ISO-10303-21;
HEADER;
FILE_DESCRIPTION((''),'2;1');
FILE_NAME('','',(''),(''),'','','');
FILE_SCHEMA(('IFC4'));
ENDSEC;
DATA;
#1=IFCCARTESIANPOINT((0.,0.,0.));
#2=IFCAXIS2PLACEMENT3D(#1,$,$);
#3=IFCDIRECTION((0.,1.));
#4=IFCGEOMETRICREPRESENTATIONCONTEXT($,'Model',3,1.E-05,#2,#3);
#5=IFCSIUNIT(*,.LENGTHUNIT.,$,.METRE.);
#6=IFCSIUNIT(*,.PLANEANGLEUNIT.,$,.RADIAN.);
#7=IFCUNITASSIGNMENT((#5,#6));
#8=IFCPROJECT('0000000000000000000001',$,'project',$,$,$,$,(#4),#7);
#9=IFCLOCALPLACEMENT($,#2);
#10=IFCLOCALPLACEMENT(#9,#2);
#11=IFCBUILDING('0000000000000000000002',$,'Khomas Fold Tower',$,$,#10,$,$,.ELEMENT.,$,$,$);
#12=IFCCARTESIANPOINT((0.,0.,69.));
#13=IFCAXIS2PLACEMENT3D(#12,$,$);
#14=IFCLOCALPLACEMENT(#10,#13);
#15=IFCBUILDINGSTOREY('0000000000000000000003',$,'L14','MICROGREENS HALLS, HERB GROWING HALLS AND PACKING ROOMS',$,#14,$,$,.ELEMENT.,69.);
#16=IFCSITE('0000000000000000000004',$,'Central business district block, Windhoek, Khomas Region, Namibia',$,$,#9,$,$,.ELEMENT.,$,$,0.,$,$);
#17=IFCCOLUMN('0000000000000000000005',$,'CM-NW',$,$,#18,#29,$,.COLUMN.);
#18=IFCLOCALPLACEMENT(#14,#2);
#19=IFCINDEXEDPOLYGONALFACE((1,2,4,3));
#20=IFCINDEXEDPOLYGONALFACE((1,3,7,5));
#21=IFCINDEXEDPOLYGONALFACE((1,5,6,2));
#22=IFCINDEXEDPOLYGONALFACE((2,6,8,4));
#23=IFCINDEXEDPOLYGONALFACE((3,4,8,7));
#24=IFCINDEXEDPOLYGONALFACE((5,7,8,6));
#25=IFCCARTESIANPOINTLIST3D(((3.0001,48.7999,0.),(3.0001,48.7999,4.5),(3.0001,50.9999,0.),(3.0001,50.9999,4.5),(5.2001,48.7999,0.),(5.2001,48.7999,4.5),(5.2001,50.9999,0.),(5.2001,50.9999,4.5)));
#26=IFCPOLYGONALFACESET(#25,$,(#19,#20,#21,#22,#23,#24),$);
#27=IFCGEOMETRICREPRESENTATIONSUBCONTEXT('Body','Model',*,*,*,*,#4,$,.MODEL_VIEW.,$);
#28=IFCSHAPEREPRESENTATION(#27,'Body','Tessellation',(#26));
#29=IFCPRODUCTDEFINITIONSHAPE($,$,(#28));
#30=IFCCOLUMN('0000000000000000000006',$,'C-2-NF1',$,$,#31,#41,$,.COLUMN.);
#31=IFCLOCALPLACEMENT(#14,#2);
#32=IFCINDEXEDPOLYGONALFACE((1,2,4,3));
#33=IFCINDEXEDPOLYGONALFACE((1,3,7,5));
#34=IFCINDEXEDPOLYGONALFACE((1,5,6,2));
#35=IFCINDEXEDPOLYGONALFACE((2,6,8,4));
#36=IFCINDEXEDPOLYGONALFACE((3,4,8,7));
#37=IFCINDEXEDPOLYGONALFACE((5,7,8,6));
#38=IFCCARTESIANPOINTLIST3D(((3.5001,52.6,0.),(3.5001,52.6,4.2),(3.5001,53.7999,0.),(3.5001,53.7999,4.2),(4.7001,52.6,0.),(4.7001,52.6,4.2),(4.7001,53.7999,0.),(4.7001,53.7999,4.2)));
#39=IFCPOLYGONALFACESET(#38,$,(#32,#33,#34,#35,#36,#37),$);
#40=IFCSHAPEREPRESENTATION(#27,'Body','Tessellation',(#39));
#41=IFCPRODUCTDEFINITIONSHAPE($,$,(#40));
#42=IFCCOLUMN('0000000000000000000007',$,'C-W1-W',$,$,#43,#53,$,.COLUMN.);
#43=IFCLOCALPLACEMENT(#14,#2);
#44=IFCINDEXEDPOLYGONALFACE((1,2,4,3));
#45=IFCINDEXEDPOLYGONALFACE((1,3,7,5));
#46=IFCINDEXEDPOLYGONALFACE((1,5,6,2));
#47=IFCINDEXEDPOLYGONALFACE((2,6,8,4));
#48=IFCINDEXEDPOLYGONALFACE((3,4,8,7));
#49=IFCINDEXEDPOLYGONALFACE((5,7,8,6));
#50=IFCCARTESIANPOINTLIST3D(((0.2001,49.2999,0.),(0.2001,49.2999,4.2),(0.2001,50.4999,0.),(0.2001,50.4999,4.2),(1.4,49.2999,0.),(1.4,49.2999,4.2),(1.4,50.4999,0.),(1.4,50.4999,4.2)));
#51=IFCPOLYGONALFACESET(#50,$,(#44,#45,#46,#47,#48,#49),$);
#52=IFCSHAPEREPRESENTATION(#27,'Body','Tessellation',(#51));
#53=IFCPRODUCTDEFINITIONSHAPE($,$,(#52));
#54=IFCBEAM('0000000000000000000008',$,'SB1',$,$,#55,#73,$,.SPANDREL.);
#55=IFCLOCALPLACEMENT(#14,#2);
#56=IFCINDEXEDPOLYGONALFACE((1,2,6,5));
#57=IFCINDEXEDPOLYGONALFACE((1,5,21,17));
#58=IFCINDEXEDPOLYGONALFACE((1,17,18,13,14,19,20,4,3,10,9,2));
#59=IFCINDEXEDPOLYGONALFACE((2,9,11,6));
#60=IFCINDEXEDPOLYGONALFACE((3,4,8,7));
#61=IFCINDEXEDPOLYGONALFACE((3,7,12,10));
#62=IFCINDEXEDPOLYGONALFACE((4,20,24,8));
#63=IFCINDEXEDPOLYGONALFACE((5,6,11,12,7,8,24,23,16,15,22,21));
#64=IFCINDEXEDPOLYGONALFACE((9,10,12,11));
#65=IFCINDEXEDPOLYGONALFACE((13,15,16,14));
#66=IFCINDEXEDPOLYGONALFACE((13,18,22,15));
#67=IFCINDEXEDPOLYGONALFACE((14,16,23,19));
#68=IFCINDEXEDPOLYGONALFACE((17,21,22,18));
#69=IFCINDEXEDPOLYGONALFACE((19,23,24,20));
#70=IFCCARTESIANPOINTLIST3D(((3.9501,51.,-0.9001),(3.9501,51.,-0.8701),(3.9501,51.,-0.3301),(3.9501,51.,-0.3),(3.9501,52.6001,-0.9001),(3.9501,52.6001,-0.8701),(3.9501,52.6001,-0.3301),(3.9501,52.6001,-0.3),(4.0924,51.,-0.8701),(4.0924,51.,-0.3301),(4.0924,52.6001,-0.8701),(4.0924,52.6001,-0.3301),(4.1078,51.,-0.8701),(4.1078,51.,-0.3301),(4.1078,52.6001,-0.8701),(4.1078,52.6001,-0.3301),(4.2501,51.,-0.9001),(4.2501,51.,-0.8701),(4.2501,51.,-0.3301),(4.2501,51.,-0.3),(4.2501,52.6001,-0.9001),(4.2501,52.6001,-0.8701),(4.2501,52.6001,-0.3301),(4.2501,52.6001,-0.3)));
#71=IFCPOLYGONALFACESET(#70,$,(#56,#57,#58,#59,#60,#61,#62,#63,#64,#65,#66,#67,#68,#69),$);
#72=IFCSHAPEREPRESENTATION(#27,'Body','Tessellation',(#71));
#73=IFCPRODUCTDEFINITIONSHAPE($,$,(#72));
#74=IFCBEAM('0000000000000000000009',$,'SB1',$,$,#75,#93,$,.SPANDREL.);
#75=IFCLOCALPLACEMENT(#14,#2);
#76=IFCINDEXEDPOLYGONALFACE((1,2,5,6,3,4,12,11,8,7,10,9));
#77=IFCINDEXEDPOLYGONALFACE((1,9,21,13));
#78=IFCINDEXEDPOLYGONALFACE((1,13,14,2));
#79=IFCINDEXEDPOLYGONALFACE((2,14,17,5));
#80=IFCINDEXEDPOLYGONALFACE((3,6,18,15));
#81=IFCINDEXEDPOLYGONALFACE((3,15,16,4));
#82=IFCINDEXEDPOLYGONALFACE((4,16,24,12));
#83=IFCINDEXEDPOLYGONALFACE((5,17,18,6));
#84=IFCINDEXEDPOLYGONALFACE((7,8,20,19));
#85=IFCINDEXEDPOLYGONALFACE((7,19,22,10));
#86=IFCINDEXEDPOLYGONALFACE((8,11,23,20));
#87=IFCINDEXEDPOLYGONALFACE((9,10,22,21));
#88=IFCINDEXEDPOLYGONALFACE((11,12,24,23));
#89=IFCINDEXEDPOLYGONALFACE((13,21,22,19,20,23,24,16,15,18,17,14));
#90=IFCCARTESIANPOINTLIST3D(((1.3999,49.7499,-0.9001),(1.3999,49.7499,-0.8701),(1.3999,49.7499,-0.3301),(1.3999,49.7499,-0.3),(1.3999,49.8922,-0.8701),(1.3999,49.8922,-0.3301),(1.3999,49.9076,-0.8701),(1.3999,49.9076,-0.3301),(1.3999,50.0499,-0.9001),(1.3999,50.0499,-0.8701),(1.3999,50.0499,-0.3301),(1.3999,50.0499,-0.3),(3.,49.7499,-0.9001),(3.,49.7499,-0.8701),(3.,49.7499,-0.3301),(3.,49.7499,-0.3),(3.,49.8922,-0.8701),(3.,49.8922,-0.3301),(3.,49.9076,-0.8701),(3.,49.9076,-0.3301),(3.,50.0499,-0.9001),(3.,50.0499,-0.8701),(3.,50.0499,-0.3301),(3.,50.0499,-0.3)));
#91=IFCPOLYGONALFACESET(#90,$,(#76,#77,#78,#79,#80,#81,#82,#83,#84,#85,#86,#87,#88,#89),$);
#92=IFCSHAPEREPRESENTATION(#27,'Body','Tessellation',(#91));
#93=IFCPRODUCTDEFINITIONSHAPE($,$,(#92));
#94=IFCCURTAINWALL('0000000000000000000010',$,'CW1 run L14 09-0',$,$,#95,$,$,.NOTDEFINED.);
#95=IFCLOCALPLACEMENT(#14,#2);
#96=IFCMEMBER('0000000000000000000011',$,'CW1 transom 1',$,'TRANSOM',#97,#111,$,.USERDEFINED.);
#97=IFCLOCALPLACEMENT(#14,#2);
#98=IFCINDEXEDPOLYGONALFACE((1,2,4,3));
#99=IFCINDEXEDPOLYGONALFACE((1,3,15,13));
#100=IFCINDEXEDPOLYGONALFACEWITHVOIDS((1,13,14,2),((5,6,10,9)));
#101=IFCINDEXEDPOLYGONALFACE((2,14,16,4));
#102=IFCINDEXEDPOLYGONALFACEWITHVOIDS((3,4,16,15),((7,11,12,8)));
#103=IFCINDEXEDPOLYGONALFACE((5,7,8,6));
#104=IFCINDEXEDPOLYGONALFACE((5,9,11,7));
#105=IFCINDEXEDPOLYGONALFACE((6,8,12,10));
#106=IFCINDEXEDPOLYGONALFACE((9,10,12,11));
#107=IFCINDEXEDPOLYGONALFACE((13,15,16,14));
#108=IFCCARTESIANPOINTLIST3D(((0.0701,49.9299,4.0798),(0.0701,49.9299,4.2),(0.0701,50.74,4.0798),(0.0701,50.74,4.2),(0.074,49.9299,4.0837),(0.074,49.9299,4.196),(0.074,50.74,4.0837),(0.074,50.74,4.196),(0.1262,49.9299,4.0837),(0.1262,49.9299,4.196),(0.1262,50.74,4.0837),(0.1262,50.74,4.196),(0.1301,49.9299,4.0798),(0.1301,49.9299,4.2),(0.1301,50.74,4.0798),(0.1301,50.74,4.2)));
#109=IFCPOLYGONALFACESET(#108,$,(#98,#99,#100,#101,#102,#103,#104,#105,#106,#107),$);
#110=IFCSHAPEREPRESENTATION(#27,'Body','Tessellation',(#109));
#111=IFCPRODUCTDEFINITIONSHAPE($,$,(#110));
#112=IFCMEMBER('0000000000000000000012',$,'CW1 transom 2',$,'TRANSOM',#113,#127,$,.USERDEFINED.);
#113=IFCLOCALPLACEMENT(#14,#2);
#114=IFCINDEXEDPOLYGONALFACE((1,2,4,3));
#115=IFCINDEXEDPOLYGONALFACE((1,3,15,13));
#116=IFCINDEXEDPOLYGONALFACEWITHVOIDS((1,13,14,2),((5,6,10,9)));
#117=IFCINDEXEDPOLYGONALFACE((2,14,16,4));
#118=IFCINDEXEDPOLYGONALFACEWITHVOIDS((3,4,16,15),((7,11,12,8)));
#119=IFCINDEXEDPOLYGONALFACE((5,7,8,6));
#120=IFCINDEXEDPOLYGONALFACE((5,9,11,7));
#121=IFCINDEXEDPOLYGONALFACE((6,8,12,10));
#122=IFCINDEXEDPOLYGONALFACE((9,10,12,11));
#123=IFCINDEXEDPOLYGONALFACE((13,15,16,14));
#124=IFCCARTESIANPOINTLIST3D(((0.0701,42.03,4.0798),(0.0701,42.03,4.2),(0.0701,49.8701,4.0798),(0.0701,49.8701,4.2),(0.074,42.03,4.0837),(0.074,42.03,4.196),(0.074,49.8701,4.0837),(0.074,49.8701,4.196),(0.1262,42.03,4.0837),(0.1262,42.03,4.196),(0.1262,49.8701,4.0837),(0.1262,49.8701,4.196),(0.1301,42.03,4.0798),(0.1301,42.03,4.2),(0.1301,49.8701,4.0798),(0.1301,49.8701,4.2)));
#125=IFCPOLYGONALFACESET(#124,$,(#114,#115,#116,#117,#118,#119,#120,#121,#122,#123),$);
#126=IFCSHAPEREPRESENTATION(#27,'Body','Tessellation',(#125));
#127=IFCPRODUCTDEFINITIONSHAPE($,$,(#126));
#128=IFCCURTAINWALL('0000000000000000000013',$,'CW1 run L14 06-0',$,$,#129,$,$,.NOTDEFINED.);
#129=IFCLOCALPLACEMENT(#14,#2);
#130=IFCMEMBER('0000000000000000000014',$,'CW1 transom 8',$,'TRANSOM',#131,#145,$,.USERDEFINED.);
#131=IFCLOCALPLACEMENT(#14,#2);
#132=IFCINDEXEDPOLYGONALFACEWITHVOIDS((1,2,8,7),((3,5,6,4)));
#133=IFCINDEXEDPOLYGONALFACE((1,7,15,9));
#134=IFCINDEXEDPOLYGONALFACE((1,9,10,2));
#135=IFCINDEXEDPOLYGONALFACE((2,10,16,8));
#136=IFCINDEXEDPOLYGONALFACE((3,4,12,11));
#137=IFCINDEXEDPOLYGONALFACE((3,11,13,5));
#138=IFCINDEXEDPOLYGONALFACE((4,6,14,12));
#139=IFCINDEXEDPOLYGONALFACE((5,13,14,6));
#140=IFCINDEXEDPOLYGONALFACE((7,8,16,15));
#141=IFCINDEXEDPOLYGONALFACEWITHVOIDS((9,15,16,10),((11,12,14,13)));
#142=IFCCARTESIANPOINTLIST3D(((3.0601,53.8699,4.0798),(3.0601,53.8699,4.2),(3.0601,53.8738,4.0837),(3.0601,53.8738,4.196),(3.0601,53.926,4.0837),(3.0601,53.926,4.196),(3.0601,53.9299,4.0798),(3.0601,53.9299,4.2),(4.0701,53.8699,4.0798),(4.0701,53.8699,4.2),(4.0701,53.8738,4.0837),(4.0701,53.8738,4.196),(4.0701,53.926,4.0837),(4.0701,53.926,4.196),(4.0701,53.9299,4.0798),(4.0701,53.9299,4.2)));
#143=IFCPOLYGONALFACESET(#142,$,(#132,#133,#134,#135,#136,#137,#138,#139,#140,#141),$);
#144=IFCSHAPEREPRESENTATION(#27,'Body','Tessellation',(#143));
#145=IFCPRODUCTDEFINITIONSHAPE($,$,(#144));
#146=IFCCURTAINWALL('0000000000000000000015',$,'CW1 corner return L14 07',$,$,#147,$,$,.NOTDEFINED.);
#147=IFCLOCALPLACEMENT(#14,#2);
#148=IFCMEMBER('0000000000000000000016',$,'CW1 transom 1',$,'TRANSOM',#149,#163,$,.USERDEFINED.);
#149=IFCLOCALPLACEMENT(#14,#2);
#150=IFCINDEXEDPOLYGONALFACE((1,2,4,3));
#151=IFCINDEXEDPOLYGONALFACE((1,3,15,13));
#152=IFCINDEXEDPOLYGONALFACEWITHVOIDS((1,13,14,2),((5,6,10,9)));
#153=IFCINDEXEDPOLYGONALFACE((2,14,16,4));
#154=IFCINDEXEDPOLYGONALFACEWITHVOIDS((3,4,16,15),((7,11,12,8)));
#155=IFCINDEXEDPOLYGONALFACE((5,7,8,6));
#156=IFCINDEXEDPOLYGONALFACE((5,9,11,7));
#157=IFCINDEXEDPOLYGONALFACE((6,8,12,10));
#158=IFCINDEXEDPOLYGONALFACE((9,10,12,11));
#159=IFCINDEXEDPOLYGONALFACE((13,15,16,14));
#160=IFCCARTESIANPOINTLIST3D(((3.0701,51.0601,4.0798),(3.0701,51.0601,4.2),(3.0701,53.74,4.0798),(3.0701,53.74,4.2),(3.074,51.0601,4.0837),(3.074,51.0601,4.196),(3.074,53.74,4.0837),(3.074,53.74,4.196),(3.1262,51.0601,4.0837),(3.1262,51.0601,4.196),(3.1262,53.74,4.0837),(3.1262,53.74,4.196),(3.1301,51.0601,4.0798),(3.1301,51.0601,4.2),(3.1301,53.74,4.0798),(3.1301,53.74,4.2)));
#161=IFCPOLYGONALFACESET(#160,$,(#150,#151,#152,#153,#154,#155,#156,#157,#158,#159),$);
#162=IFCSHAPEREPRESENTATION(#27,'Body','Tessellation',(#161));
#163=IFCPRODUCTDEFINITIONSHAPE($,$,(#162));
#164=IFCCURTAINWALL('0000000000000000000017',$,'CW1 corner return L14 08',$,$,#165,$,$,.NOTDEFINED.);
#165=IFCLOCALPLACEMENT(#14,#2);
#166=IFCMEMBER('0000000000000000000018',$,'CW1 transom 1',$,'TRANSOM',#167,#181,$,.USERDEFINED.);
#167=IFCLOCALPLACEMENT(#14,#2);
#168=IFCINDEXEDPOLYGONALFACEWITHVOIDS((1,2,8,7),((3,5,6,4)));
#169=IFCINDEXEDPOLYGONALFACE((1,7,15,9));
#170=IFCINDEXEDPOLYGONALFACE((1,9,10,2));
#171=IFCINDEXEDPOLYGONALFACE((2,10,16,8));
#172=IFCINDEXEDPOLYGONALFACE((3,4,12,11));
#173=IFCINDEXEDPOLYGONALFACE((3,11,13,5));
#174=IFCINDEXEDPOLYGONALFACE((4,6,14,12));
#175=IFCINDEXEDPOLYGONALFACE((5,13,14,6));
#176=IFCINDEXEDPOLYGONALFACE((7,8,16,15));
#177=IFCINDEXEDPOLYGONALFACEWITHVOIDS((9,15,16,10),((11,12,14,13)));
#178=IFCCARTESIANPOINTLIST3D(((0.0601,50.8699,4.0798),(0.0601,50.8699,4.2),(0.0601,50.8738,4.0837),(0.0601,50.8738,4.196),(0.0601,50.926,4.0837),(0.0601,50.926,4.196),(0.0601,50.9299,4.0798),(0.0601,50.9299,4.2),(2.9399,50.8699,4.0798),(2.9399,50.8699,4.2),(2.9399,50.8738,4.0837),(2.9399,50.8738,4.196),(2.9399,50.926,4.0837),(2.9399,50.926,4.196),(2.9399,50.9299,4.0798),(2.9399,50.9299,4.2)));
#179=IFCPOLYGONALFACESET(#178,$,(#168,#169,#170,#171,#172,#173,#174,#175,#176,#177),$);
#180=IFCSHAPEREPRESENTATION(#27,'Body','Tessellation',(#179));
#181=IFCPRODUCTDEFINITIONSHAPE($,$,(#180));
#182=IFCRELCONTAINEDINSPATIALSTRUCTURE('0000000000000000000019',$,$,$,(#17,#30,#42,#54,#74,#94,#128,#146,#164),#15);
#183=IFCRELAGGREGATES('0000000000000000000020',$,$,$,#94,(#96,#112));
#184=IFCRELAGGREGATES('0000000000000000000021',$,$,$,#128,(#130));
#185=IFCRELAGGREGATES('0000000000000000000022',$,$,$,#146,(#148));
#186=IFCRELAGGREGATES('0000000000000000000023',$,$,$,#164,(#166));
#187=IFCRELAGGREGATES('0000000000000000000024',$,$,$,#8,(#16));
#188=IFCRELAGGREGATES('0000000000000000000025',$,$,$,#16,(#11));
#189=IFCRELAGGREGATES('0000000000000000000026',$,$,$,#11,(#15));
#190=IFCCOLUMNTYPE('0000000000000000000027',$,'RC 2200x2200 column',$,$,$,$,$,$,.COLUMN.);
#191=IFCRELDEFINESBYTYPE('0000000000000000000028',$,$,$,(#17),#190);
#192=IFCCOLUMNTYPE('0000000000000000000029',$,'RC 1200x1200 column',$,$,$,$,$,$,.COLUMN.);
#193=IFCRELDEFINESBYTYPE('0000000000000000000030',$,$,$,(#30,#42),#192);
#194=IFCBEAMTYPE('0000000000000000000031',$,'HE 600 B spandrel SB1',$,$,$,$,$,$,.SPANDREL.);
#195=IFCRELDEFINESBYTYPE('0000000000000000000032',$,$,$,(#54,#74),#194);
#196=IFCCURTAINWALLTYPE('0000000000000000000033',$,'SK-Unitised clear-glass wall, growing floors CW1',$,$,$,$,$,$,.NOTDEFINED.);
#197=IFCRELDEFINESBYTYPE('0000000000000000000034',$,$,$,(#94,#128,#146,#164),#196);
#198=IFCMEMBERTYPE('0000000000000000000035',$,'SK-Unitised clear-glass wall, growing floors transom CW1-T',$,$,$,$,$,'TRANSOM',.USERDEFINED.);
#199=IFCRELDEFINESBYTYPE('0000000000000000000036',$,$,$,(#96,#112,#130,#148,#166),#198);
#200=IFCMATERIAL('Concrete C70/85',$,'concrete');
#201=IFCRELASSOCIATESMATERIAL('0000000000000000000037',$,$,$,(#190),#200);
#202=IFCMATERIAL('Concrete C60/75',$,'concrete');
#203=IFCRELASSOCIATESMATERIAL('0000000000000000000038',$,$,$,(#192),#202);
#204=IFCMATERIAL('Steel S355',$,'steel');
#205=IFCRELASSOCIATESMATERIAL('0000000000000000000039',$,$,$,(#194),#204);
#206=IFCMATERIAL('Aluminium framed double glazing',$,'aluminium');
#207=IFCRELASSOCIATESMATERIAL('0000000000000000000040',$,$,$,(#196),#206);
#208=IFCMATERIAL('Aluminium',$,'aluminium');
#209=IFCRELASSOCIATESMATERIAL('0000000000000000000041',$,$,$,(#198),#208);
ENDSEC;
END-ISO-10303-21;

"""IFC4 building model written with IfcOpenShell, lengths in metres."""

from ifc_helpers import new_model, si_unit, direction, frame, origin, origin_2d, place, context, subcontext, project, spatial, rectangle, hollow_rectangle, i_section, extrude, source, transform, mapped, material, material_profile, profile_set, type_object, element, aggregate, save


model = new_model("IFC4")

# Units and contexts
model_context = context("Model", 3, precision=1e-05, world=origin(), true_north=direction((0.0, 1.0)))
body_context = subcontext(model_context, "Body", "Model", "MODEL_VIEW")
ifc_project = project(units=[si_unit("LENGTHUNIT", "METRE"), si_unit("PLANEANGLEUNIT", "RADIAN")], contexts=[model_context])

# Site, building, storey
site_placement = place(None, origin())
site = spatial("IfcSite", under=ifc_project, at=site_placement, Name="Central business district block, Windhoek, Khomas Region, Namibia", CompositionType="ELEMENT", RefElevation=0.0)
building_placement = place(site_placement, origin())
building = spatial("IfcBuilding", under=site, at=building_placement, Name="Khomas Fold Tower", CompositionType="ELEMENT")
storey_placement = place(building_placement, frame((0.0, 0.0, 69.0)))
storey = spatial("IfcBuildingStorey", under=building, at=storey_placement, Name="L14", Description="MICROGREENS HALLS, HERB GROWING HALLS AND PACKING ROOMS", CompositionType="ELEMENT", Elevation=69.0)

# Columns
ifc_material_1 = material(Name="Concrete C70/85", Category="concrete")
ifc_material_profile_1 = material_profile(ifc_material_1, rectangle(XDim=2.2, YDim=2.2, at=origin_2d()), Name="RC 2200x2200")
ifc_profile_set_1 = profile_set([ifc_material_profile_1], Name="Concrete C70/85")
column_type_1 = type_object("IfcColumnType", Name="RC 2200x2200 column", PredefinedType="COLUMN", material=ifc_profile_set_1)
shared_shape_1 = source(origin(), body_context, "Body", "SweptSolid", [
    extrude(rectangle(XDim=2.2, YDim=2.2, at=origin_2d()), origin(), (0.0, 0.0, 1.0), 4.5),
])
column_placement = place(storey_placement, frame((4.1001, 49.8999, 0.0), z_axis=(0.0, 0.0, 1.0), x_axis=(1.0, 0.0, 0.0)))
element("IfcColumn", 1, at=column_placement, inside=storey, type_object=column_type_1, Name="CM-NW", PredefinedType="COLUMN", context=body_context, shape_type="MappedRepresentation", body=[
    mapped(shared_shape_1, transform((0.0, 0.0, 0.0))),
])
ifc_material_2 = material(Name="Concrete C60/75", Category="concrete")
ifc_material_profile_2 = material_profile(ifc_material_2, rectangle(XDim=1.2, YDim=1.2, at=origin_2d()), Name="RC 1200x1200")
ifc_profile_set_2 = profile_set([ifc_material_profile_2], Name="Concrete C60/75")
column_type_2 = type_object("IfcColumnType", Name="RC 1200x1200 column", PredefinedType="COLUMN", material=ifc_profile_set_2)
shared_shape_2 = source(origin(), body_context, "Body", "SweptSolid", [
    extrude(rectangle(XDim=1.2, YDim=1.2, at=origin_2d()), origin(), (0.0, 0.0, 1.0), 4.2),
])
for number, where, z_axis, x_axis, name in (
    (2, (4.1001, 53.2, 0.0), (0.0, 0.0, 1.0), (1.0, 0.0, 0.0), "C-2-NF1"),
    (3, (0.8, 49.8999, 0.0), (0.0, 0.0, 1.0), (1.0, 0.0, 0.0), "C-W1-W"),
):
    element("IfcColumn", number, at=place(storey_placement, frame(where, z_axis=z_axis, x_axis=x_axis)), inside=storey, type_object=column_type_2, Name=name, PredefinedType="COLUMN", context=body_context, shape_type="MappedRepresentation", body=[
        mapped(shared_shape_2, transform((0.0, 0.0, 0.0))),
    ])

# Beams
ifc_material_3 = material(Name="Steel S355", Category="steel")
ifc_material_profile_3 = material_profile(ifc_material_3, i_section(OverallWidth=0.3, OverallDepth=0.6001, WebThickness=0.0154, FlangeThickness=0.03, at=origin_2d()), Name="HE 600 B")
ifc_profile_set_3 = profile_set([ifc_material_profile_3], Name="Steel S355")
beam_type = type_object("IfcBeamType", Name="HE 600 B spandrel SB1", PredefinedType="SPANDREL", material=ifc_profile_set_3)
shared_shape_3 = source(origin(), body_context, "Body", "SweptSolid", [
    extrude(i_section(OverallWidth=0.3, OverallDepth=0.6001, WebThickness=0.0154, FlangeThickness=0.03, at=origin_2d()), origin(), (0.0, 0.0, 1.0), 1.6001),
])
for number, where, z_axis, x_axis, name in (
    (4, (4.1001, 51.0, -0.6001), (0.0, 1.0, 0.0), (-1.0, 0.0, 0.0), "SB1"),
    (5, (1.3999, 49.8999, -0.6001), (1.0, 0.0, 0.0), (0.0, 1.0, 0.0), "SB1"),
):
    element("IfcBeam", number, at=place(storey_placement, frame(where, z_axis=z_axis, x_axis=x_axis)), inside=storey, type_object=beam_type, Name=name, PredefinedType="SPANDREL", context=body_context, shape_type="MappedRepresentation", body=[
        mapped(shared_shape_3, transform((0.0, 0.0, 0.0))),
    ])

# Curtain wall, members
ifc_material_4 = material(Name="Aluminium framed double glazing", Category="aluminium")
curtain_wall_type = type_object("IfcCurtainWallType", Name="SK-Unitised clear-glass wall, growing floors CW1", PredefinedType="NOTDEFINED", material=ifc_material_4)
curtain_wall_1_placement = place(storey_placement, origin())
curtain_wall_1 = element("IfcCurtainWall", 6, at=curtain_wall_1_placement, inside=storey, type_object=curtain_wall_type, Name="CW1 run L14 09-0", PredefinedType="NOTDEFINED")
ifc_material_5 = material(Name="Aluminium", Category="aluminium")
ifc_material_profile_4 = material_profile(ifc_material_5, hollow_rectangle(XDim=0.0601, YDim=0.1201, WallThickness=0.0039, at=origin_2d()), Name="SK-Unitised clear-glass wall, growing floors transom CW1-T")
ifc_profile_set_4 = profile_set([ifc_material_profile_4], Name="Aluminium")
member_type_1 = type_object("IfcMemberType", Name="SK-Unitised clear-glass wall, growing floors transom CW1-T", ElementType="TRANSOM", PredefinedType="USERDEFINED", material=ifc_profile_set_4)
shared_shape_4 = source(origin(), body_context, "Body", "SweptSolid", [
    extrude(hollow_rectangle(XDim=0.0601, YDim=0.1201, WallThickness=0.0039, at=origin_2d()), origin(), (0.0, 0.0, 1.0), 0.8101),
])
member_1_placement = place(storey_placement, frame((0.1001, 50.74, 4.1399), z_axis=(0.0, -1.0, 0.0), x_axis=(1.0, 0.0, 0.0)))
member_1 = element("IfcMember", 7, at=member_1_placement, type_object=member_type_1, Name="CW1 transom 1", ObjectType="TRANSOM", PredefinedType="USERDEFINED", context=body_context, shape_type="MappedRepresentation", body=[
    mapped(shared_shape_4, transform((0.0, 0.0, 0.0))),
])
shared_shape_5 = source(origin(), body_context, "Body", "SweptSolid", [
    extrude(hollow_rectangle(XDim=0.0601, YDim=0.1201, WallThickness=0.0039, at=origin_2d()), origin(), (0.0, 0.0, 1.0), 7.8401),
])
member_2_placement = place(storey_placement, frame((0.1001, 49.8701, 4.1399), z_axis=(0.0, -1.0, 0.0), x_axis=(1.0, 0.0, 0.0)))
member_2 = element("IfcMember", 8, at=member_2_placement, type_object=member_type_1, Name="CW1 transom 2", ObjectType="TRANSOM", PredefinedType="USERDEFINED", context=body_context, shape_type="MappedRepresentation", body=[
    mapped(shared_shape_5, transform((0.0, 0.0, 0.0))),
])

# Curtain walls, members
curtain_wall_2_placement = place(storey_placement, origin())
curtain_wall_2 = element("IfcCurtainWall", 9, at=curtain_wall_2_placement, inside=storey, type_object=curtain_wall_type, Name="CW1 run L14 06-0", PredefinedType="NOTDEFINED")
shared_shape_6 = source(origin(), body_context, "Body", "SweptSolid", [
    extrude(hollow_rectangle(XDim=0.0601, YDim=0.1201, WallThickness=0.0039, at=origin_2d()), origin(), (0.0, 0.0, 1.0), 1.01),
])
member_3_placement = place(storey_placement, frame((4.0701, 53.8999, 4.1399), z_axis=(-1.0, 0.0, 0.0), x_axis=(0.0, -1.0, 0.0)))
member_3 = element("IfcMember", 10, at=member_3_placement, type_object=member_type_1, Name="CW1 transom 8", ObjectType="TRANSOM", PredefinedType="USERDEFINED", context=body_context, shape_type="MappedRepresentation", body=[
    mapped(shared_shape_6, transform((0.0, 0.0, 0.0))),
])
curtain_wall_3_placement = place(storey_placement, origin())
curtain_wall_3 = element("IfcCurtainWall", 11, at=curtain_wall_3_placement, inside=storey, type_object=curtain_wall_type, Name="CW1 corner return L14 07", PredefinedType="NOTDEFINED")
shared_shape_7 = source(origin(), body_context, "Body", "SweptSolid", [
    extrude(hollow_rectangle(XDim=0.0601, YDim=0.1201, WallThickness=0.0039, at=origin_2d()), origin(), (0.0, 0.0, 1.0), 2.6799),
])
member_4_placement = place(storey_placement, frame((3.1001, 53.74, 4.1399), z_axis=(0.0, -1.0, 0.0), x_axis=(1.0, 0.0, 0.0)))
member_4 = element("IfcMember", 12, at=member_4_placement, type_object=member_type_1, Name="CW1 transom 1", ObjectType="TRANSOM", PredefinedType="USERDEFINED", context=body_context, shape_type="MappedRepresentation", body=[
    mapped(shared_shape_7, transform((0.0, 0.0, 0.0))),
])
curtain_wall_4_placement = place(storey_placement, origin())
curtain_wall_4 = element("IfcCurtainWall", 13, at=curtain_wall_4_placement, inside=storey, type_object=curtain_wall_type, Name="CW1 corner return L14 08", PredefinedType="NOTDEFINED")
shared_shape_8 = source(origin(), body_context, "Body", "SweptSolid", [
    extrude(hollow_rectangle(XDim=0.0601, YDim=0.1201, WallThickness=0.0039, at=origin_2d()), origin(), (0.0, 0.0, 1.0), 2.8799),
])
member_5_placement = place(storey_placement, frame((2.9399, 50.8999, 4.1399), z_axis=(-1.0, 0.0, 0.0), x_axis=(0.0, -1.0, 0.0)))
member_5 = element("IfcMember", 14, at=member_5_placement, type_object=member_type_1, Name="CW1 transom 1", ObjectType="TRANSOM", PredefinedType="USERDEFINED", context=body_context, shape_type="MappedRepresentation", body=[
    mapped(shared_shape_8, transform((0.0, 0.0, 0.0))),
])

aggregate(curtain_wall_1, [member_1, member_2])
aggregate(curtain_wall_2, [member_3])
aggregate(curtain_wall_3, [member_4])
aggregate(curtain_wall_4, [member_5])

save(model, "model.ifc")
